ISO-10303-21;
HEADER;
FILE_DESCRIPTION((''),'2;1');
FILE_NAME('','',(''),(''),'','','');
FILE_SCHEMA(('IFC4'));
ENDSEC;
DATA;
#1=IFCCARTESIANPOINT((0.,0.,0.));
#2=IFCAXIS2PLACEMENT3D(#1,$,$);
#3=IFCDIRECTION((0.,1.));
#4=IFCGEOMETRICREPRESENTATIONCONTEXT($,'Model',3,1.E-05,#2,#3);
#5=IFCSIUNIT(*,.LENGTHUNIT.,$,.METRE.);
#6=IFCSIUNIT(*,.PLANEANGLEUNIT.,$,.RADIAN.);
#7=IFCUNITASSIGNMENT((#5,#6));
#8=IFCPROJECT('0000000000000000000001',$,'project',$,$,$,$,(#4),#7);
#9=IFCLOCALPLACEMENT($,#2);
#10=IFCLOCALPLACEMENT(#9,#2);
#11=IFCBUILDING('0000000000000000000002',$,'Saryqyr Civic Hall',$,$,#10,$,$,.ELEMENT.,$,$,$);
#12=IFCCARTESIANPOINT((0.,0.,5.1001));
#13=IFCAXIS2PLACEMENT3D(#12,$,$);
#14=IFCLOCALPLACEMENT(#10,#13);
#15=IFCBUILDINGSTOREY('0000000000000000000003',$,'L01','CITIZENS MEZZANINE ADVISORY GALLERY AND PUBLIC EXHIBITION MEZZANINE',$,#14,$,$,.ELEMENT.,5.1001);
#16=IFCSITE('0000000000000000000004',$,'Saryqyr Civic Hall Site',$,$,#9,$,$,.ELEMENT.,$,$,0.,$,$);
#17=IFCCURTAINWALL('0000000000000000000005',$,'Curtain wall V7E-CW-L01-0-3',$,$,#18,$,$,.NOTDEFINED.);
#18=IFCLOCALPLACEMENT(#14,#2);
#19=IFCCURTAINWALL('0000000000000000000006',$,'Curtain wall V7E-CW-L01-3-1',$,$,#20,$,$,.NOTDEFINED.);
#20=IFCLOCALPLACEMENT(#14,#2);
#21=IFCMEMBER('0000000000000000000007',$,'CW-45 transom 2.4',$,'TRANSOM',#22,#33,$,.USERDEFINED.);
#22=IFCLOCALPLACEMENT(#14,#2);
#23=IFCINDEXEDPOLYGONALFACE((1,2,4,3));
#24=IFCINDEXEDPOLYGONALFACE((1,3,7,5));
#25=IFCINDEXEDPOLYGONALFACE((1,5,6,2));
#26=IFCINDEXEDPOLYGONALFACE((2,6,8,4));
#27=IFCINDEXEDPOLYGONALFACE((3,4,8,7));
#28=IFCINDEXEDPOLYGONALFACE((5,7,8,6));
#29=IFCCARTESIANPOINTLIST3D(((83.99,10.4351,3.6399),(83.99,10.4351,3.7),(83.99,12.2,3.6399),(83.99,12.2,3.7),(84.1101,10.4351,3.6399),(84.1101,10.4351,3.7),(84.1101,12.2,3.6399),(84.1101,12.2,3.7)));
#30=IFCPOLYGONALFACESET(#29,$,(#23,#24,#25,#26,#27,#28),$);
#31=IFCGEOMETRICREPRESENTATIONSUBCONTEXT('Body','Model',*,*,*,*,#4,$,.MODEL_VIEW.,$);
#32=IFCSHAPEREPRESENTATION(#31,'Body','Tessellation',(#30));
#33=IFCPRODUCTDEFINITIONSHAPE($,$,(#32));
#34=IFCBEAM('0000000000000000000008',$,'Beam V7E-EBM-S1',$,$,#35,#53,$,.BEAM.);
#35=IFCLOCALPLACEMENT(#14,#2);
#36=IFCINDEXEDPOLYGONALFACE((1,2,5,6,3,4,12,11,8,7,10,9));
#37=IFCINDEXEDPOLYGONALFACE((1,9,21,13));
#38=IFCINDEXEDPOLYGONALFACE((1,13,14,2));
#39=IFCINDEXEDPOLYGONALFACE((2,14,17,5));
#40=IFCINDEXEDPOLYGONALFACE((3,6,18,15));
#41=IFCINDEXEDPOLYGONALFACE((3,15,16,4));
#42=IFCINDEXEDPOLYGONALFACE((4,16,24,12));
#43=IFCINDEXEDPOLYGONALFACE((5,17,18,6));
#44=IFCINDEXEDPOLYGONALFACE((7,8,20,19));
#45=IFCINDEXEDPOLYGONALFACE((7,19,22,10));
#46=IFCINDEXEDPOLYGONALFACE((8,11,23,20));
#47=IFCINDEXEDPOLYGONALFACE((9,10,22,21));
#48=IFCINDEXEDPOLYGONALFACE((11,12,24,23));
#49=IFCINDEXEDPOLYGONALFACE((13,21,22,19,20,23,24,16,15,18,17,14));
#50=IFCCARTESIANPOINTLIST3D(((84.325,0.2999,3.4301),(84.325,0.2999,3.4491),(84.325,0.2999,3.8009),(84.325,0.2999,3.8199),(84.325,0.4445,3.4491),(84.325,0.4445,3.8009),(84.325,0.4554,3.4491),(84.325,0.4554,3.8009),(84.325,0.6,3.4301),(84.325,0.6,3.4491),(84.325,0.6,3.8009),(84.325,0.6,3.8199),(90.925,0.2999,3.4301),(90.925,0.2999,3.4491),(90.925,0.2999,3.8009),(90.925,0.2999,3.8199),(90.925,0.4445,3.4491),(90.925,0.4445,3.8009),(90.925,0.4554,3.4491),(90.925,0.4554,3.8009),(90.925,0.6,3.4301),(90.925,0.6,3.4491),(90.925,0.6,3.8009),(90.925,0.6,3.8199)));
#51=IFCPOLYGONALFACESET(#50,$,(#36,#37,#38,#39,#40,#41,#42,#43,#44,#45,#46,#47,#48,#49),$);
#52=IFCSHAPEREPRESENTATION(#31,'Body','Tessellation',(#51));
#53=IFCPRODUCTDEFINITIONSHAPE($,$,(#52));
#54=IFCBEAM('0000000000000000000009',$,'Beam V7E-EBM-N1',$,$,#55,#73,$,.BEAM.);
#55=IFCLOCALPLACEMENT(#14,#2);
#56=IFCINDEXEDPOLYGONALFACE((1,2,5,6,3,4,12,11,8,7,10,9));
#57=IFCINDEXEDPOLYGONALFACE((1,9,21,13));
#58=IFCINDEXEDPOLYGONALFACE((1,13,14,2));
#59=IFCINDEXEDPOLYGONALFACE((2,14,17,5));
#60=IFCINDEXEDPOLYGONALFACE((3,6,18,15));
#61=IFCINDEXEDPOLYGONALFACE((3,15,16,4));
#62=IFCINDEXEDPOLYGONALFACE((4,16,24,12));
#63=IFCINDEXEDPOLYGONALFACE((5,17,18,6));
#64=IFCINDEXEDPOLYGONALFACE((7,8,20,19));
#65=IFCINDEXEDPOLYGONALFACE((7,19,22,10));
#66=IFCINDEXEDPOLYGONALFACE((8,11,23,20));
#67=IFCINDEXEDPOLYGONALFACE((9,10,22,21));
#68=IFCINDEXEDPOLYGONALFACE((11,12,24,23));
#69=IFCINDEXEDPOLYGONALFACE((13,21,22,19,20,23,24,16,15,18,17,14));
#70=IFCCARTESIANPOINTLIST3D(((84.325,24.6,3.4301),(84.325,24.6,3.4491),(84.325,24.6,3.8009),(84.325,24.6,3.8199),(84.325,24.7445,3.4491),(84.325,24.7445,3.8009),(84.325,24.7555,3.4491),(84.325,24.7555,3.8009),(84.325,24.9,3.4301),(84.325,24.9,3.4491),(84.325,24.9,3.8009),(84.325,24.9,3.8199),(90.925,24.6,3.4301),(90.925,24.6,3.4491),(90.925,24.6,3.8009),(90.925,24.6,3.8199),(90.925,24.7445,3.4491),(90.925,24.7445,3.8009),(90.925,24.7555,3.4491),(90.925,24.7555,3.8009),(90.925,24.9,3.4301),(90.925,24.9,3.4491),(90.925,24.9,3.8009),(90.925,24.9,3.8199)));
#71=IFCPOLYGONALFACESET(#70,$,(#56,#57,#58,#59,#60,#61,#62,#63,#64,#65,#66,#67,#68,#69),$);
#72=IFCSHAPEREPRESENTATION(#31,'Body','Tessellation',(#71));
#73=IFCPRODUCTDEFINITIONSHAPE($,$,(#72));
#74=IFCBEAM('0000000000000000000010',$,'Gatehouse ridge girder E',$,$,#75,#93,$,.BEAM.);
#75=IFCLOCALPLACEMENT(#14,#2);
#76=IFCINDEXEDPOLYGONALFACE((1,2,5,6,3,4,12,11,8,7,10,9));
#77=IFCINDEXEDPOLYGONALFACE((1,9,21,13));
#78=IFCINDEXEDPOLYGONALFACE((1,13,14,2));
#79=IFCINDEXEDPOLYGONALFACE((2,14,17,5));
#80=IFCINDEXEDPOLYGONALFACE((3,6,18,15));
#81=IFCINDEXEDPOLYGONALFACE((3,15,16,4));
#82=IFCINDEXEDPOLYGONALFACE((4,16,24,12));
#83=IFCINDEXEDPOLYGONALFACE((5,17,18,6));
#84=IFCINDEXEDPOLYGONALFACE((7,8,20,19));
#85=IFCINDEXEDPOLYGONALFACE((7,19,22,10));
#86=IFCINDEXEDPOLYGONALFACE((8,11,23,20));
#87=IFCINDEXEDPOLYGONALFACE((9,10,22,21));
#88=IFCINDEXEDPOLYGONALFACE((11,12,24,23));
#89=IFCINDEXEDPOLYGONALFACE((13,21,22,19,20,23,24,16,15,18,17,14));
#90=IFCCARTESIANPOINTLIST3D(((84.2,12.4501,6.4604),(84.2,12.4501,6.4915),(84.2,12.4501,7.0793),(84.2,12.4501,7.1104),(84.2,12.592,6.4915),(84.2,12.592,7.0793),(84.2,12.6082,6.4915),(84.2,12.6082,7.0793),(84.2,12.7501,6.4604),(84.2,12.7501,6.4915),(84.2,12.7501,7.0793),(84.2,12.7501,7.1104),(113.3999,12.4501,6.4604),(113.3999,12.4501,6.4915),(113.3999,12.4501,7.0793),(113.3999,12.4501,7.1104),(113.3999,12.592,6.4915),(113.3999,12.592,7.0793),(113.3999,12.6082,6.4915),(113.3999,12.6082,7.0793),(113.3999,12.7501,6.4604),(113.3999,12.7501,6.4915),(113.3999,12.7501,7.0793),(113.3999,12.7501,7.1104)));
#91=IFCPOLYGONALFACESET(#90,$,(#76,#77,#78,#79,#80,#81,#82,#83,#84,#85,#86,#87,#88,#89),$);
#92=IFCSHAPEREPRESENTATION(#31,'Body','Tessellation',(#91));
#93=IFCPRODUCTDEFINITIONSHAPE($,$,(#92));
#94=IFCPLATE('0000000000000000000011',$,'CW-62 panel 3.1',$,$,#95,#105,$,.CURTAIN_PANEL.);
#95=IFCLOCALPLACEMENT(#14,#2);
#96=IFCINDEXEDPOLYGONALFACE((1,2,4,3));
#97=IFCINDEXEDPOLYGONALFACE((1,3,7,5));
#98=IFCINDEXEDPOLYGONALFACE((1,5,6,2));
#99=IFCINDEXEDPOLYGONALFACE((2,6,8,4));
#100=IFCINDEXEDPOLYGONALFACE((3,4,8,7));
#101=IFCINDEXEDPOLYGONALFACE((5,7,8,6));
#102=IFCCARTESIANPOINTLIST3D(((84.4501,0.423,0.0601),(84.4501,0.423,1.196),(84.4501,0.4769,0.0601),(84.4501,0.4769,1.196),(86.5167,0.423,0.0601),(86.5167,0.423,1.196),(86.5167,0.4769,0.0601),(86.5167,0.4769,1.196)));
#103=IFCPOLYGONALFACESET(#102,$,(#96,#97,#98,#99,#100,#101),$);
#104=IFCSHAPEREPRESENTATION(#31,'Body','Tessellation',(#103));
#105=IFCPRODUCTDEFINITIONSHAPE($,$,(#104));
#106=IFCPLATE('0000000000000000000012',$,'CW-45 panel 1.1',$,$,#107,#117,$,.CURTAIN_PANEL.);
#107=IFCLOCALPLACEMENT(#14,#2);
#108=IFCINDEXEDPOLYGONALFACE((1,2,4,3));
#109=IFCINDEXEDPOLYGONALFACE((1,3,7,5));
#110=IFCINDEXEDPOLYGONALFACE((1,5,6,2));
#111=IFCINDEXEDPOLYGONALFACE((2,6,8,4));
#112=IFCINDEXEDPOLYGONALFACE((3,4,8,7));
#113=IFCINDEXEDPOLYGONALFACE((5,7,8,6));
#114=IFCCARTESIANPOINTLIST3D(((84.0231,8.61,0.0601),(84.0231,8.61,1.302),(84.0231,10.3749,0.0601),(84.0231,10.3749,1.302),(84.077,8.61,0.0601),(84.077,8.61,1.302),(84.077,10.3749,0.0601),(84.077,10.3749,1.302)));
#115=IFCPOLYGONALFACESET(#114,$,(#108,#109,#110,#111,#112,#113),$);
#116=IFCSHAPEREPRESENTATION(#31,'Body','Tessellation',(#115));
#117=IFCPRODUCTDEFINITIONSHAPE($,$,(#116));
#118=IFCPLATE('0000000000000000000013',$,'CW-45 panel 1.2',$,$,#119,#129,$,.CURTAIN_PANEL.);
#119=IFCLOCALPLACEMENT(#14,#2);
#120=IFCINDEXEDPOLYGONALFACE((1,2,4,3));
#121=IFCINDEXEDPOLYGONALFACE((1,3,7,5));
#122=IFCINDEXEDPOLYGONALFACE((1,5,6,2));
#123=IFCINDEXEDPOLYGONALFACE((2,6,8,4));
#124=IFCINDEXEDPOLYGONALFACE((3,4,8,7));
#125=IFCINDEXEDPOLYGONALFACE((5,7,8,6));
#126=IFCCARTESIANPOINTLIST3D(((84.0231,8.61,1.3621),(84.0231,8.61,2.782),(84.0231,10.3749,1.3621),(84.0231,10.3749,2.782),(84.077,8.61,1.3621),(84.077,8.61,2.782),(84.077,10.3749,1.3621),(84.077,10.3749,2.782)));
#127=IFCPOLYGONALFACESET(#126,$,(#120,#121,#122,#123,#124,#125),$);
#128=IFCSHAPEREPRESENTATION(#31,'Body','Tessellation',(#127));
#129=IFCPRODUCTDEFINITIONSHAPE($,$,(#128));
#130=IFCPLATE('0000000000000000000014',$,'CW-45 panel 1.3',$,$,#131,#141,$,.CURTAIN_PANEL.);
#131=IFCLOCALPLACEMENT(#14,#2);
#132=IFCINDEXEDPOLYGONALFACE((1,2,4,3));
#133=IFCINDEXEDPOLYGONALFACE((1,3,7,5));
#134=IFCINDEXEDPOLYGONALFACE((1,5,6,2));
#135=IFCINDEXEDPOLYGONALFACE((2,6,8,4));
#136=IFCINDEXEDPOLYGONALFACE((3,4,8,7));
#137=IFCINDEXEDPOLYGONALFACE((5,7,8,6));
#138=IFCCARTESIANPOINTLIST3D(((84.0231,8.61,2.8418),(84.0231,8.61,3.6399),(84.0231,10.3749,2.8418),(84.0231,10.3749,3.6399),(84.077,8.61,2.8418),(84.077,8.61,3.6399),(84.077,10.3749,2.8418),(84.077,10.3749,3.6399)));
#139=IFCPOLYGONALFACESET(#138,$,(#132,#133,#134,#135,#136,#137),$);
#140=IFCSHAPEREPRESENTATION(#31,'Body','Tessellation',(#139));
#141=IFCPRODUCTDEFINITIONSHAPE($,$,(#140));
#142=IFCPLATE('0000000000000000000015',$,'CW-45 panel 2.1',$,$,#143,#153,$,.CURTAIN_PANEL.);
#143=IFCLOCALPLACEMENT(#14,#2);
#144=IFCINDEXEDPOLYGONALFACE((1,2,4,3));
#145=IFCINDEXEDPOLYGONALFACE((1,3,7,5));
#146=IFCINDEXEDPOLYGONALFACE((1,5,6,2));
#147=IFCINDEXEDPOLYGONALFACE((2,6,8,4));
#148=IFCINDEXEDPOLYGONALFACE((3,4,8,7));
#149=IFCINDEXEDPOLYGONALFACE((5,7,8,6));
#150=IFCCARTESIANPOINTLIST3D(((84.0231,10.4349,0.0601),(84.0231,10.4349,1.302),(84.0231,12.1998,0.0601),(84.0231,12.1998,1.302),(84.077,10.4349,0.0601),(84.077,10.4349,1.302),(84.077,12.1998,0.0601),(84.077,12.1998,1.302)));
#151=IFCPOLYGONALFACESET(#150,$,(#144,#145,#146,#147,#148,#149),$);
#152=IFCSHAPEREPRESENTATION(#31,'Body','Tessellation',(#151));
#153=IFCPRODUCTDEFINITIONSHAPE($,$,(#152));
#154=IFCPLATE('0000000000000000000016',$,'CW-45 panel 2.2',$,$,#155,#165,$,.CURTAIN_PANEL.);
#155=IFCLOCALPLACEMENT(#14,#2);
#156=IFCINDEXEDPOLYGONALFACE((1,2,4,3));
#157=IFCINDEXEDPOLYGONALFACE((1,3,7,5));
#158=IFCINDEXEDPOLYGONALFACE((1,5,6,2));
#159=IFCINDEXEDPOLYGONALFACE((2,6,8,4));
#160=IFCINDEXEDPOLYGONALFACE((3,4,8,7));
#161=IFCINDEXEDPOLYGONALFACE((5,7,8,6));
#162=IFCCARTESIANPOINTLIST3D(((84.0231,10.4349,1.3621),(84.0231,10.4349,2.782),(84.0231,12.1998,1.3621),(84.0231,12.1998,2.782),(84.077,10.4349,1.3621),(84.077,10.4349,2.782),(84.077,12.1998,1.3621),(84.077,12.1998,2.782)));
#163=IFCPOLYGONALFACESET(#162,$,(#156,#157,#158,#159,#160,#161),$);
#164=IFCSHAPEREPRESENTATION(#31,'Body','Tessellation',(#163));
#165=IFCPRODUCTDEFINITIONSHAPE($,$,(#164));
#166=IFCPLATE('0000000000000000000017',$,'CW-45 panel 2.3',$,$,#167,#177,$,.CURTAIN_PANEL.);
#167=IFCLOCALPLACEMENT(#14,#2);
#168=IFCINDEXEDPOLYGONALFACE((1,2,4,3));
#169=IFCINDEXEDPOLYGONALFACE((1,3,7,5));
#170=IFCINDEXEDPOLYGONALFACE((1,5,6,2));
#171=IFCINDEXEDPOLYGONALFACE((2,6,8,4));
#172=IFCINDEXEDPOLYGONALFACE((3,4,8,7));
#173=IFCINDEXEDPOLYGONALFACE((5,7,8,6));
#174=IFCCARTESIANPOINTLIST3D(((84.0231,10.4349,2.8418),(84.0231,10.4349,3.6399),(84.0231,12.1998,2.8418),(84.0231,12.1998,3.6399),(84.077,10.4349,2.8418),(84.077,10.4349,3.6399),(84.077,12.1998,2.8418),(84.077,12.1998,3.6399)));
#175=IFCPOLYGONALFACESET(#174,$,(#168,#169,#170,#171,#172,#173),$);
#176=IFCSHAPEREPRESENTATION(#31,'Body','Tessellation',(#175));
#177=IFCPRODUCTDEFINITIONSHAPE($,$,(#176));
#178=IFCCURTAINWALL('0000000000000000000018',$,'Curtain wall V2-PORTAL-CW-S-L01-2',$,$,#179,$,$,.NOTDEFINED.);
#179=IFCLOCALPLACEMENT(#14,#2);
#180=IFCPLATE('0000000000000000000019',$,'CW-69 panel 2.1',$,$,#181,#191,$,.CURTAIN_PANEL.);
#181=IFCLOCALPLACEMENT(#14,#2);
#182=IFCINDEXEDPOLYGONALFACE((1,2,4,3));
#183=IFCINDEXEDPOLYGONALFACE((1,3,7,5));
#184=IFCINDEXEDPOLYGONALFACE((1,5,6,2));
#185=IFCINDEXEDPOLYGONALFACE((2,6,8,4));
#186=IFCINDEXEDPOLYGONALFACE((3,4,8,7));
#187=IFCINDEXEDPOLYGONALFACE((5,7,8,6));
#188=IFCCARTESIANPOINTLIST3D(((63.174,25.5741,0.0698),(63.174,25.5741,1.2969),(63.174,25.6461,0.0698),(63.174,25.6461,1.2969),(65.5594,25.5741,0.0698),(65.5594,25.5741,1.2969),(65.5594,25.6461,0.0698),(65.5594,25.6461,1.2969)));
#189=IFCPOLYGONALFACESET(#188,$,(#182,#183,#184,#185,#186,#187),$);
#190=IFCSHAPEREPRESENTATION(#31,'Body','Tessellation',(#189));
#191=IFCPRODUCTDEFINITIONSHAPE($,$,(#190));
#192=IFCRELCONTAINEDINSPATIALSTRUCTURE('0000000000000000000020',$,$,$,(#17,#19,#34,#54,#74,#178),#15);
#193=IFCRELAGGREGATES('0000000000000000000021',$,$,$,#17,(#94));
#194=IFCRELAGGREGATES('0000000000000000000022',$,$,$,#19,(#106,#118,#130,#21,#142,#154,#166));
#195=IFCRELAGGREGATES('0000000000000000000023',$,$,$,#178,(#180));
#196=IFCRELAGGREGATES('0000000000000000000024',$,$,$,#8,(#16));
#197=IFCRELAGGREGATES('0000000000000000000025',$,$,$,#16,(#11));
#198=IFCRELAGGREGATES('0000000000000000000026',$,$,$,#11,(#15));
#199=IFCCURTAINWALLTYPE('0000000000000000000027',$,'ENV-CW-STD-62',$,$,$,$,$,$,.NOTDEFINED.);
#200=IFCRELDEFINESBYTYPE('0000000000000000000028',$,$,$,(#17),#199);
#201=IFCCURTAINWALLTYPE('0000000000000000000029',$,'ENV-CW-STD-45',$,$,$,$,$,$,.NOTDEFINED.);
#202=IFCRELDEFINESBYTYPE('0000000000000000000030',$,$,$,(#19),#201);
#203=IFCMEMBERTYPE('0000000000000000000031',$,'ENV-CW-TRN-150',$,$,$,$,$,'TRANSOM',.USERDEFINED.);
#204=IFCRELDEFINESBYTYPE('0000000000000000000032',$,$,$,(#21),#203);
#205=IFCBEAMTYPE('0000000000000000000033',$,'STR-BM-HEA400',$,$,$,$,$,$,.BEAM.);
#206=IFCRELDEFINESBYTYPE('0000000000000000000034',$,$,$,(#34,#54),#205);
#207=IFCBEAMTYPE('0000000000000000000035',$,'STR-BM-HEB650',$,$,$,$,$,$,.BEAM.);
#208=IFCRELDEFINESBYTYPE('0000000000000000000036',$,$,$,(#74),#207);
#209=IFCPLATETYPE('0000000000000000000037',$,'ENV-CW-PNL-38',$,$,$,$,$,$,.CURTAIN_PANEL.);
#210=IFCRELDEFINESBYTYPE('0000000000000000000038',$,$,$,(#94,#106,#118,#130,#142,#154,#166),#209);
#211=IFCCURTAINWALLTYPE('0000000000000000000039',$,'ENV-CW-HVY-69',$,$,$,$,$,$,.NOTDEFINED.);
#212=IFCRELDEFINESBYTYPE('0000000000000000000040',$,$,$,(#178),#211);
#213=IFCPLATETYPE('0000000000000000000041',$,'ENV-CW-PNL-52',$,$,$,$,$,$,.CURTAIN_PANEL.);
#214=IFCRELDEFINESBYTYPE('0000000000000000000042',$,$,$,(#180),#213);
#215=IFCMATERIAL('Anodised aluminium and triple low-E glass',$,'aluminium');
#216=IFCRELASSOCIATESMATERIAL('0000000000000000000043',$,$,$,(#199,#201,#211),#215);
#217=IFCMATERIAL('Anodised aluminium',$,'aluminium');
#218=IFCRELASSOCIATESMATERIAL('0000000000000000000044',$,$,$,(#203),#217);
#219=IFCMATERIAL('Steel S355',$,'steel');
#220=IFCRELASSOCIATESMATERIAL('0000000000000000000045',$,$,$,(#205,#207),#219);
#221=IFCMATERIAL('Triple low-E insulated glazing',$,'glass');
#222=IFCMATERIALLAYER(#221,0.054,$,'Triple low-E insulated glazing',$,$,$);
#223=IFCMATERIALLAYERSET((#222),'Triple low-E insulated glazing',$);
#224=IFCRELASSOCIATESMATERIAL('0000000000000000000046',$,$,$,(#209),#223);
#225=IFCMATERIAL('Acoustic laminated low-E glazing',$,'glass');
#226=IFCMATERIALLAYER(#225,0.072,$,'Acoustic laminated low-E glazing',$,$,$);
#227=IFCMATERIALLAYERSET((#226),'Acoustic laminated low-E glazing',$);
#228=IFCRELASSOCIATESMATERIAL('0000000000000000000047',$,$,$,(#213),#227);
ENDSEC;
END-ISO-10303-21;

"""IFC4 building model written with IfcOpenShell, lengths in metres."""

from ifc_helpers import new_model, si_unit, direction, frame, origin, origin_2d, place, context, subcontext, project, spatial, rectangle, i_section, extrude, material, layer, layer_set, material_profile, profile_set, type_object, element, aggregate, save


model = new_model("IFC4")

# Units and contexts
model_context = context("Model", 3, precision=1e-05, world=origin(), true_north=direction((0.0, 1.0)))
body_context = subcontext(model_context, "Body", "Model", "MODEL_VIEW")
ifc_project = project(units=[si_unit("LENGTHUNIT", "METRE"), si_unit("PLANEANGLEUNIT", "RADIAN")], contexts=[model_context])

# Site, building, storey
site_placement = place(None, origin())
site = spatial("IfcSite", under=ifc_project, at=site_placement, Name="Saryqyr Civic Hall Site", CompositionType="ELEMENT", RefElevation=0.0)
building_placement = place(site_placement, origin())
building = spatial("IfcBuilding", under=site, at=building_placement, Name="Saryqyr Civic Hall", CompositionType="ELEMENT")
storey_placement = place(building_placement, frame((0.0, 0.0, 5.1001)))
storey = spatial("IfcBuildingStorey", under=building, at=storey_placement, Name="L01", Description="CITIZENS MEZZANINE ADVISORY GALLERY AND PUBLIC EXHIBITION MEZZANINE", CompositionType="ELEMENT", Elevation=5.1001)

# Curtain wall
ifc_material_1 = material(Name="Anodised aluminium and triple low-E glass", Category="aluminium")
curtain_wall_type_1 = type_object("IfcCurtainWallType", Name="ENV-CW-STD-62", PredefinedType="NOTDEFINED", material=ifc_material_1)
curtain_wall_1_placement = place(storey_placement, origin())
curtain_wall_1 = element("IfcCurtainWall", 1, at=curtain_wall_1_placement, inside=storey, type_object=curtain_wall_type_1, Name="Curtain wall V7E-CW-L01-0-3", PredefinedType="NOTDEFINED")
ifc_material_2 = material(Name="Anodised aluminium", Category="aluminium")

# Curtain wall, member
curtain_wall_type_2 = type_object("IfcCurtainWallType", Name="ENV-CW-STD-45", PredefinedType="NOTDEFINED", material=ifc_material_1)
curtain_wall_2_placement = place(storey_placement, origin())
curtain_wall_2 = element("IfcCurtainWall", 2, at=curtain_wall_2_placement, inside=storey, type_object=curtain_wall_type_2, Name="Curtain wall V7E-CW-L01-3-1", PredefinedType="NOTDEFINED")
ifc_material_profile_1 = material_profile(ifc_material_2, rectangle(XDim=0.1201, YDim=0.0601, at=origin_2d()), Name="ALU TRANSOM 120x60")
ifc_profile_set_1 = profile_set([ifc_material_profile_1], Name="Anodised aluminium")
member_type_1 = type_object("IfcMemberType", Name="ENV-CW-TRN-150", ElementType="TRANSOM", PredefinedType="USERDEFINED", material=ifc_profile_set_1)
member_1_placement = place(storey_placement, frame((84.05, 10.4351, 3.6699), z_axis=(0.0, 1.0, 0.0), x_axis=(-1.0, 0.0, 0.0)))
member_1 = element("IfcMember", 3, at=member_1_placement, type_object=member_type_1, Name="CW-45 transom 2.4", ObjectType="TRANSOM", PredefinedType="USERDEFINED", context=body_context, shape_type="SweptSolid", body=[
    extrude(rectangle(XDim=0.1201, YDim=0.0601, at=origin_2d()), origin(), (0.0, 0.0, 1.0), 1.7649),
])

# Beams
ifc_material_3 = material(Name="Steel S355", Category="steel")
ifc_material_profile_2 = material_profile(ifc_material_3, i_section(OverallWidth=0.3, OverallDepth=0.3899, WebThickness=0.011, FlangeThickness=0.019, at=origin_2d()), Name="HEA 400")
ifc_profile_set_2 = profile_set([ifc_material_profile_2], Name="Steel S355")
beam_type_1 = type_object("IfcBeamType", Name="STR-BM-HEA400", PredefinedType="BEAM", material=ifc_profile_set_2)
for number, where, z_axis, x_axis, name in (
    (4, (84.325, 0.45, 3.625), (1.0, 0.0, 0.0), (0.0, 1.0, 0.0), "Beam V7E-EBM-S1"),
    (5, (84.325, 24.75, 3.625), (1.0, 0.0, 0.0), (0.0, 1.0, 0.0), "Beam V7E-EBM-N1"),
):
    element("IfcBeam", number, at=place(storey_placement, frame(where, z_axis=z_axis, x_axis=x_axis)), inside=storey, type_object=beam_type_1, Name=name, PredefinedType="BEAM", context=body_context, shape_type="SweptSolid", body=[
        extrude(i_section(OverallWidth=0.3, OverallDepth=0.3899, WebThickness=0.011, FlangeThickness=0.019, at=origin_2d()), origin(), (0.0, 0.0, 1.0), 6.6001),
    ])
ifc_material_profile_3 = material_profile(ifc_material_3, i_section(OverallWidth=0.3, OverallDepth=0.6499, WebThickness=0.0161, FlangeThickness=0.031, at=origin_2d()), Name="HEB 650")
ifc_profile_set_3 = profile_set([ifc_material_profile_3], Name="Steel S355")
beam_type_2 = type_object("IfcBeamType", Name="STR-BM-HEB650", PredefinedType="BEAM", material=ifc_profile_set_3)
beam_placement = place(storey_placement, frame((84.2, 12.6001, 6.7854), z_axis=(1.0, 0.0, 0.0), x_axis=(0.0, 1.0, 0.0)))
element("IfcBeam", 6, at=beam_placement, inside=storey, type_object=beam_type_2, Name="Gatehouse ridge girder E", PredefinedType="BEAM", context=body_context, shape_type="SweptSolid", body=[
    extrude(i_section(OverallWidth=0.3, OverallDepth=0.6499, WebThickness=0.0161, FlangeThickness=0.031, at=origin_2d()), origin(), (0.0, 0.0, 1.0), 29.2),
])

# Plates
ifc_material_4 = material(Name="Triple low-E insulated glazing", Category="glass")
ifc_layer_1 = layer(ifc_material_4, 0.054, Name="Triple low-E insulated glazing")
ifc_layer_set_1 = layer_set([ifc_layer_1], Name="Triple low-E insulated glazing")
plate_type_1 = type_object("IfcPlateType", Name="ENV-CW-PNL-38", PredefinedType="CURTAIN_PANEL", material=ifc_layer_set_1)
plate_1_placement = place(storey_placement, frame((85.4834, 0.45, 0.0601), z_axis=(0.0, 0.0, 1.0), x_axis=(-1.0, 0.0, 0.0)))
plate_1 = element("IfcPlate", 7, at=plate_1_placement, type_object=plate_type_1, Name="CW-62 panel 3.1", PredefinedType="CURTAIN_PANEL", context=body_context, shape_type="SweptSolid", body=[
    extrude(rectangle(XDim=2.0667, YDim=0.054, at=origin_2d()), origin(), (0.0, 0.0, 1.0), 1.136),
])
aggregate(curtain_wall_1, [plate_1])
plate_2_placement = place(storey_placement, frame((84.05, 9.4924, 0.0601), z_axis=(0.0, 0.0, 1.0), x_axis=(0.0, 1.0, 0.0)))
plate_2 = element("IfcPlate", 8, at=plate_2_placement, type_object=plate_type_1, Name="CW-45 panel 1.1", PredefinedType="CURTAIN_PANEL", context=body_context, shape_type="SweptSolid", body=[
    extrude(rectangle(XDim=1.7649, YDim=0.054, at=origin_2d()), origin(), (0.0, 0.0, 1.0), 1.2419),
])
plate_3_placement = place(storey_placement, frame((84.05, 9.4924, 1.3621), z_axis=(0.0, 0.0, 1.0), x_axis=(0.0, 1.0, 0.0)))
plate_3 = element("IfcPlate", 9, at=plate_3_placement, type_object=plate_type_1, Name="CW-45 panel 1.2", PredefinedType="CURTAIN_PANEL", context=body_context, shape_type="SweptSolid", body=[
    extrude(rectangle(XDim=1.7649, YDim=0.054, at=origin_2d()), origin(), (0.0, 0.0, 1.0), 1.4199),
])
plate_4_placement = place(storey_placement, frame((84.05, 9.4924, 2.8418), z_axis=(0.0, 0.0, 1.0), x_axis=(0.0, 1.0, 0.0)))
plate_4 = element("IfcPlate", 10, at=plate_4_placement, type_object=plate_type_1, Name="CW-45 panel 1.3", PredefinedType="CURTAIN_PANEL", context=body_context, shape_type="SweptSolid", body=[
    extrude(rectangle(XDim=1.7649, YDim=0.054, at=origin_2d()), origin(), (0.0, 0.0, 1.0), 0.7981),
])
plate_5_placement = place(storey_placement, frame((84.05, 11.3174, 0.0601), z_axis=(0.0, 0.0, 1.0), x_axis=(0.0, 1.0, 0.0)))
plate_5 = element("IfcPlate", 11, at=plate_5_placement, type_object=plate_type_1, Name="CW-45 panel 2.1", PredefinedType="CURTAIN_PANEL", context=body_context, shape_type="SweptSolid", body=[
    extrude(rectangle(XDim=1.7649, YDim=0.054, at=origin_2d()), origin(), (0.0, 0.0, 1.0), 1.2419),
])
plate_6_placement = place(storey_placement, frame((84.05, 11.3174, 1.3621), z_axis=(0.0, 0.0, 1.0), x_axis=(0.0, 1.0, 0.0)))
plate_6 = element("IfcPlate", 12, at=plate_6_placement, type_object=plate_type_1, Name="CW-45 panel 2.2", PredefinedType="CURTAIN_PANEL", context=body_context, shape_type="SweptSolid", body=[
    extrude(rectangle(XDim=1.7649, YDim=0.054, at=origin_2d()), origin(), (0.0, 0.0, 1.0), 1.4199),
])
plate_7_placement = place(storey_placement, frame((84.05, 11.3174, 2.8418), z_axis=(0.0, 0.0, 1.0), x_axis=(0.0, 1.0, 0.0)))
plate_7 = element("IfcPlate", 13, at=plate_7_placement, type_object=plate_type_1, Name="CW-45 panel 2.3", PredefinedType="CURTAIN_PANEL", context=body_context, shape_type="SweptSolid", body=[
    extrude(rectangle(XDim=1.7649, YDim=0.054, at=origin_2d()), origin(), (0.0, 0.0, 1.0), 0.7981),
])
aggregate(curtain_wall_2, [plate_2, plate_3, plate_4, member_1, plate_5, plate_6, plate_7])

# Curtain wall, plate
curtain_wall_type_3 = type_object("IfcCurtainWallType", Name="ENV-CW-HVY-69", PredefinedType="NOTDEFINED", material=ifc_material_1)
curtain_wall_3_placement = place(storey_placement, origin())
curtain_wall_3 = element("IfcCurtainWall", 14, at=curtain_wall_3_placement, inside=storey, type_object=curtain_wall_type_3, Name="Curtain wall V2-PORTAL-CW-S-L01-2", PredefinedType="NOTDEFINED")
ifc_material_5 = material(Name="Acoustic laminated low-E glazing", Category="glass")
ifc_layer_2 = layer(ifc_material_5, 0.072, Name="Acoustic laminated low-E glazing")
ifc_layer_set_2 = layer_set([ifc_layer_2], Name="Acoustic laminated low-E glazing")
plate_type_2 = type_object("IfcPlateType", Name="ENV-CW-PNL-52", PredefinedType="CURTAIN_PANEL", material=ifc_layer_set_2)
plate_8_placement = place(storey_placement, frame((64.3667, 25.6101, 0.0698), z_axis=(0.0, 0.0, 1.0), x_axis=(-1.0, 0.0, 0.0)))
plate_8 = element("IfcPlate", 15, at=plate_8_placement, type_object=plate_type_2, Name="CW-69 panel 2.1", PredefinedType="CURTAIN_PANEL", context=body_context, shape_type="SweptSolid", body=[
    extrude(rectangle(XDim=2.3855, YDim=0.072, at=origin_2d()), origin(), (0.0, 0.0, 1.0), 1.2271),
])
aggregate(curtain_wall_3, [plate_8])

save(model, "model.ifc")
